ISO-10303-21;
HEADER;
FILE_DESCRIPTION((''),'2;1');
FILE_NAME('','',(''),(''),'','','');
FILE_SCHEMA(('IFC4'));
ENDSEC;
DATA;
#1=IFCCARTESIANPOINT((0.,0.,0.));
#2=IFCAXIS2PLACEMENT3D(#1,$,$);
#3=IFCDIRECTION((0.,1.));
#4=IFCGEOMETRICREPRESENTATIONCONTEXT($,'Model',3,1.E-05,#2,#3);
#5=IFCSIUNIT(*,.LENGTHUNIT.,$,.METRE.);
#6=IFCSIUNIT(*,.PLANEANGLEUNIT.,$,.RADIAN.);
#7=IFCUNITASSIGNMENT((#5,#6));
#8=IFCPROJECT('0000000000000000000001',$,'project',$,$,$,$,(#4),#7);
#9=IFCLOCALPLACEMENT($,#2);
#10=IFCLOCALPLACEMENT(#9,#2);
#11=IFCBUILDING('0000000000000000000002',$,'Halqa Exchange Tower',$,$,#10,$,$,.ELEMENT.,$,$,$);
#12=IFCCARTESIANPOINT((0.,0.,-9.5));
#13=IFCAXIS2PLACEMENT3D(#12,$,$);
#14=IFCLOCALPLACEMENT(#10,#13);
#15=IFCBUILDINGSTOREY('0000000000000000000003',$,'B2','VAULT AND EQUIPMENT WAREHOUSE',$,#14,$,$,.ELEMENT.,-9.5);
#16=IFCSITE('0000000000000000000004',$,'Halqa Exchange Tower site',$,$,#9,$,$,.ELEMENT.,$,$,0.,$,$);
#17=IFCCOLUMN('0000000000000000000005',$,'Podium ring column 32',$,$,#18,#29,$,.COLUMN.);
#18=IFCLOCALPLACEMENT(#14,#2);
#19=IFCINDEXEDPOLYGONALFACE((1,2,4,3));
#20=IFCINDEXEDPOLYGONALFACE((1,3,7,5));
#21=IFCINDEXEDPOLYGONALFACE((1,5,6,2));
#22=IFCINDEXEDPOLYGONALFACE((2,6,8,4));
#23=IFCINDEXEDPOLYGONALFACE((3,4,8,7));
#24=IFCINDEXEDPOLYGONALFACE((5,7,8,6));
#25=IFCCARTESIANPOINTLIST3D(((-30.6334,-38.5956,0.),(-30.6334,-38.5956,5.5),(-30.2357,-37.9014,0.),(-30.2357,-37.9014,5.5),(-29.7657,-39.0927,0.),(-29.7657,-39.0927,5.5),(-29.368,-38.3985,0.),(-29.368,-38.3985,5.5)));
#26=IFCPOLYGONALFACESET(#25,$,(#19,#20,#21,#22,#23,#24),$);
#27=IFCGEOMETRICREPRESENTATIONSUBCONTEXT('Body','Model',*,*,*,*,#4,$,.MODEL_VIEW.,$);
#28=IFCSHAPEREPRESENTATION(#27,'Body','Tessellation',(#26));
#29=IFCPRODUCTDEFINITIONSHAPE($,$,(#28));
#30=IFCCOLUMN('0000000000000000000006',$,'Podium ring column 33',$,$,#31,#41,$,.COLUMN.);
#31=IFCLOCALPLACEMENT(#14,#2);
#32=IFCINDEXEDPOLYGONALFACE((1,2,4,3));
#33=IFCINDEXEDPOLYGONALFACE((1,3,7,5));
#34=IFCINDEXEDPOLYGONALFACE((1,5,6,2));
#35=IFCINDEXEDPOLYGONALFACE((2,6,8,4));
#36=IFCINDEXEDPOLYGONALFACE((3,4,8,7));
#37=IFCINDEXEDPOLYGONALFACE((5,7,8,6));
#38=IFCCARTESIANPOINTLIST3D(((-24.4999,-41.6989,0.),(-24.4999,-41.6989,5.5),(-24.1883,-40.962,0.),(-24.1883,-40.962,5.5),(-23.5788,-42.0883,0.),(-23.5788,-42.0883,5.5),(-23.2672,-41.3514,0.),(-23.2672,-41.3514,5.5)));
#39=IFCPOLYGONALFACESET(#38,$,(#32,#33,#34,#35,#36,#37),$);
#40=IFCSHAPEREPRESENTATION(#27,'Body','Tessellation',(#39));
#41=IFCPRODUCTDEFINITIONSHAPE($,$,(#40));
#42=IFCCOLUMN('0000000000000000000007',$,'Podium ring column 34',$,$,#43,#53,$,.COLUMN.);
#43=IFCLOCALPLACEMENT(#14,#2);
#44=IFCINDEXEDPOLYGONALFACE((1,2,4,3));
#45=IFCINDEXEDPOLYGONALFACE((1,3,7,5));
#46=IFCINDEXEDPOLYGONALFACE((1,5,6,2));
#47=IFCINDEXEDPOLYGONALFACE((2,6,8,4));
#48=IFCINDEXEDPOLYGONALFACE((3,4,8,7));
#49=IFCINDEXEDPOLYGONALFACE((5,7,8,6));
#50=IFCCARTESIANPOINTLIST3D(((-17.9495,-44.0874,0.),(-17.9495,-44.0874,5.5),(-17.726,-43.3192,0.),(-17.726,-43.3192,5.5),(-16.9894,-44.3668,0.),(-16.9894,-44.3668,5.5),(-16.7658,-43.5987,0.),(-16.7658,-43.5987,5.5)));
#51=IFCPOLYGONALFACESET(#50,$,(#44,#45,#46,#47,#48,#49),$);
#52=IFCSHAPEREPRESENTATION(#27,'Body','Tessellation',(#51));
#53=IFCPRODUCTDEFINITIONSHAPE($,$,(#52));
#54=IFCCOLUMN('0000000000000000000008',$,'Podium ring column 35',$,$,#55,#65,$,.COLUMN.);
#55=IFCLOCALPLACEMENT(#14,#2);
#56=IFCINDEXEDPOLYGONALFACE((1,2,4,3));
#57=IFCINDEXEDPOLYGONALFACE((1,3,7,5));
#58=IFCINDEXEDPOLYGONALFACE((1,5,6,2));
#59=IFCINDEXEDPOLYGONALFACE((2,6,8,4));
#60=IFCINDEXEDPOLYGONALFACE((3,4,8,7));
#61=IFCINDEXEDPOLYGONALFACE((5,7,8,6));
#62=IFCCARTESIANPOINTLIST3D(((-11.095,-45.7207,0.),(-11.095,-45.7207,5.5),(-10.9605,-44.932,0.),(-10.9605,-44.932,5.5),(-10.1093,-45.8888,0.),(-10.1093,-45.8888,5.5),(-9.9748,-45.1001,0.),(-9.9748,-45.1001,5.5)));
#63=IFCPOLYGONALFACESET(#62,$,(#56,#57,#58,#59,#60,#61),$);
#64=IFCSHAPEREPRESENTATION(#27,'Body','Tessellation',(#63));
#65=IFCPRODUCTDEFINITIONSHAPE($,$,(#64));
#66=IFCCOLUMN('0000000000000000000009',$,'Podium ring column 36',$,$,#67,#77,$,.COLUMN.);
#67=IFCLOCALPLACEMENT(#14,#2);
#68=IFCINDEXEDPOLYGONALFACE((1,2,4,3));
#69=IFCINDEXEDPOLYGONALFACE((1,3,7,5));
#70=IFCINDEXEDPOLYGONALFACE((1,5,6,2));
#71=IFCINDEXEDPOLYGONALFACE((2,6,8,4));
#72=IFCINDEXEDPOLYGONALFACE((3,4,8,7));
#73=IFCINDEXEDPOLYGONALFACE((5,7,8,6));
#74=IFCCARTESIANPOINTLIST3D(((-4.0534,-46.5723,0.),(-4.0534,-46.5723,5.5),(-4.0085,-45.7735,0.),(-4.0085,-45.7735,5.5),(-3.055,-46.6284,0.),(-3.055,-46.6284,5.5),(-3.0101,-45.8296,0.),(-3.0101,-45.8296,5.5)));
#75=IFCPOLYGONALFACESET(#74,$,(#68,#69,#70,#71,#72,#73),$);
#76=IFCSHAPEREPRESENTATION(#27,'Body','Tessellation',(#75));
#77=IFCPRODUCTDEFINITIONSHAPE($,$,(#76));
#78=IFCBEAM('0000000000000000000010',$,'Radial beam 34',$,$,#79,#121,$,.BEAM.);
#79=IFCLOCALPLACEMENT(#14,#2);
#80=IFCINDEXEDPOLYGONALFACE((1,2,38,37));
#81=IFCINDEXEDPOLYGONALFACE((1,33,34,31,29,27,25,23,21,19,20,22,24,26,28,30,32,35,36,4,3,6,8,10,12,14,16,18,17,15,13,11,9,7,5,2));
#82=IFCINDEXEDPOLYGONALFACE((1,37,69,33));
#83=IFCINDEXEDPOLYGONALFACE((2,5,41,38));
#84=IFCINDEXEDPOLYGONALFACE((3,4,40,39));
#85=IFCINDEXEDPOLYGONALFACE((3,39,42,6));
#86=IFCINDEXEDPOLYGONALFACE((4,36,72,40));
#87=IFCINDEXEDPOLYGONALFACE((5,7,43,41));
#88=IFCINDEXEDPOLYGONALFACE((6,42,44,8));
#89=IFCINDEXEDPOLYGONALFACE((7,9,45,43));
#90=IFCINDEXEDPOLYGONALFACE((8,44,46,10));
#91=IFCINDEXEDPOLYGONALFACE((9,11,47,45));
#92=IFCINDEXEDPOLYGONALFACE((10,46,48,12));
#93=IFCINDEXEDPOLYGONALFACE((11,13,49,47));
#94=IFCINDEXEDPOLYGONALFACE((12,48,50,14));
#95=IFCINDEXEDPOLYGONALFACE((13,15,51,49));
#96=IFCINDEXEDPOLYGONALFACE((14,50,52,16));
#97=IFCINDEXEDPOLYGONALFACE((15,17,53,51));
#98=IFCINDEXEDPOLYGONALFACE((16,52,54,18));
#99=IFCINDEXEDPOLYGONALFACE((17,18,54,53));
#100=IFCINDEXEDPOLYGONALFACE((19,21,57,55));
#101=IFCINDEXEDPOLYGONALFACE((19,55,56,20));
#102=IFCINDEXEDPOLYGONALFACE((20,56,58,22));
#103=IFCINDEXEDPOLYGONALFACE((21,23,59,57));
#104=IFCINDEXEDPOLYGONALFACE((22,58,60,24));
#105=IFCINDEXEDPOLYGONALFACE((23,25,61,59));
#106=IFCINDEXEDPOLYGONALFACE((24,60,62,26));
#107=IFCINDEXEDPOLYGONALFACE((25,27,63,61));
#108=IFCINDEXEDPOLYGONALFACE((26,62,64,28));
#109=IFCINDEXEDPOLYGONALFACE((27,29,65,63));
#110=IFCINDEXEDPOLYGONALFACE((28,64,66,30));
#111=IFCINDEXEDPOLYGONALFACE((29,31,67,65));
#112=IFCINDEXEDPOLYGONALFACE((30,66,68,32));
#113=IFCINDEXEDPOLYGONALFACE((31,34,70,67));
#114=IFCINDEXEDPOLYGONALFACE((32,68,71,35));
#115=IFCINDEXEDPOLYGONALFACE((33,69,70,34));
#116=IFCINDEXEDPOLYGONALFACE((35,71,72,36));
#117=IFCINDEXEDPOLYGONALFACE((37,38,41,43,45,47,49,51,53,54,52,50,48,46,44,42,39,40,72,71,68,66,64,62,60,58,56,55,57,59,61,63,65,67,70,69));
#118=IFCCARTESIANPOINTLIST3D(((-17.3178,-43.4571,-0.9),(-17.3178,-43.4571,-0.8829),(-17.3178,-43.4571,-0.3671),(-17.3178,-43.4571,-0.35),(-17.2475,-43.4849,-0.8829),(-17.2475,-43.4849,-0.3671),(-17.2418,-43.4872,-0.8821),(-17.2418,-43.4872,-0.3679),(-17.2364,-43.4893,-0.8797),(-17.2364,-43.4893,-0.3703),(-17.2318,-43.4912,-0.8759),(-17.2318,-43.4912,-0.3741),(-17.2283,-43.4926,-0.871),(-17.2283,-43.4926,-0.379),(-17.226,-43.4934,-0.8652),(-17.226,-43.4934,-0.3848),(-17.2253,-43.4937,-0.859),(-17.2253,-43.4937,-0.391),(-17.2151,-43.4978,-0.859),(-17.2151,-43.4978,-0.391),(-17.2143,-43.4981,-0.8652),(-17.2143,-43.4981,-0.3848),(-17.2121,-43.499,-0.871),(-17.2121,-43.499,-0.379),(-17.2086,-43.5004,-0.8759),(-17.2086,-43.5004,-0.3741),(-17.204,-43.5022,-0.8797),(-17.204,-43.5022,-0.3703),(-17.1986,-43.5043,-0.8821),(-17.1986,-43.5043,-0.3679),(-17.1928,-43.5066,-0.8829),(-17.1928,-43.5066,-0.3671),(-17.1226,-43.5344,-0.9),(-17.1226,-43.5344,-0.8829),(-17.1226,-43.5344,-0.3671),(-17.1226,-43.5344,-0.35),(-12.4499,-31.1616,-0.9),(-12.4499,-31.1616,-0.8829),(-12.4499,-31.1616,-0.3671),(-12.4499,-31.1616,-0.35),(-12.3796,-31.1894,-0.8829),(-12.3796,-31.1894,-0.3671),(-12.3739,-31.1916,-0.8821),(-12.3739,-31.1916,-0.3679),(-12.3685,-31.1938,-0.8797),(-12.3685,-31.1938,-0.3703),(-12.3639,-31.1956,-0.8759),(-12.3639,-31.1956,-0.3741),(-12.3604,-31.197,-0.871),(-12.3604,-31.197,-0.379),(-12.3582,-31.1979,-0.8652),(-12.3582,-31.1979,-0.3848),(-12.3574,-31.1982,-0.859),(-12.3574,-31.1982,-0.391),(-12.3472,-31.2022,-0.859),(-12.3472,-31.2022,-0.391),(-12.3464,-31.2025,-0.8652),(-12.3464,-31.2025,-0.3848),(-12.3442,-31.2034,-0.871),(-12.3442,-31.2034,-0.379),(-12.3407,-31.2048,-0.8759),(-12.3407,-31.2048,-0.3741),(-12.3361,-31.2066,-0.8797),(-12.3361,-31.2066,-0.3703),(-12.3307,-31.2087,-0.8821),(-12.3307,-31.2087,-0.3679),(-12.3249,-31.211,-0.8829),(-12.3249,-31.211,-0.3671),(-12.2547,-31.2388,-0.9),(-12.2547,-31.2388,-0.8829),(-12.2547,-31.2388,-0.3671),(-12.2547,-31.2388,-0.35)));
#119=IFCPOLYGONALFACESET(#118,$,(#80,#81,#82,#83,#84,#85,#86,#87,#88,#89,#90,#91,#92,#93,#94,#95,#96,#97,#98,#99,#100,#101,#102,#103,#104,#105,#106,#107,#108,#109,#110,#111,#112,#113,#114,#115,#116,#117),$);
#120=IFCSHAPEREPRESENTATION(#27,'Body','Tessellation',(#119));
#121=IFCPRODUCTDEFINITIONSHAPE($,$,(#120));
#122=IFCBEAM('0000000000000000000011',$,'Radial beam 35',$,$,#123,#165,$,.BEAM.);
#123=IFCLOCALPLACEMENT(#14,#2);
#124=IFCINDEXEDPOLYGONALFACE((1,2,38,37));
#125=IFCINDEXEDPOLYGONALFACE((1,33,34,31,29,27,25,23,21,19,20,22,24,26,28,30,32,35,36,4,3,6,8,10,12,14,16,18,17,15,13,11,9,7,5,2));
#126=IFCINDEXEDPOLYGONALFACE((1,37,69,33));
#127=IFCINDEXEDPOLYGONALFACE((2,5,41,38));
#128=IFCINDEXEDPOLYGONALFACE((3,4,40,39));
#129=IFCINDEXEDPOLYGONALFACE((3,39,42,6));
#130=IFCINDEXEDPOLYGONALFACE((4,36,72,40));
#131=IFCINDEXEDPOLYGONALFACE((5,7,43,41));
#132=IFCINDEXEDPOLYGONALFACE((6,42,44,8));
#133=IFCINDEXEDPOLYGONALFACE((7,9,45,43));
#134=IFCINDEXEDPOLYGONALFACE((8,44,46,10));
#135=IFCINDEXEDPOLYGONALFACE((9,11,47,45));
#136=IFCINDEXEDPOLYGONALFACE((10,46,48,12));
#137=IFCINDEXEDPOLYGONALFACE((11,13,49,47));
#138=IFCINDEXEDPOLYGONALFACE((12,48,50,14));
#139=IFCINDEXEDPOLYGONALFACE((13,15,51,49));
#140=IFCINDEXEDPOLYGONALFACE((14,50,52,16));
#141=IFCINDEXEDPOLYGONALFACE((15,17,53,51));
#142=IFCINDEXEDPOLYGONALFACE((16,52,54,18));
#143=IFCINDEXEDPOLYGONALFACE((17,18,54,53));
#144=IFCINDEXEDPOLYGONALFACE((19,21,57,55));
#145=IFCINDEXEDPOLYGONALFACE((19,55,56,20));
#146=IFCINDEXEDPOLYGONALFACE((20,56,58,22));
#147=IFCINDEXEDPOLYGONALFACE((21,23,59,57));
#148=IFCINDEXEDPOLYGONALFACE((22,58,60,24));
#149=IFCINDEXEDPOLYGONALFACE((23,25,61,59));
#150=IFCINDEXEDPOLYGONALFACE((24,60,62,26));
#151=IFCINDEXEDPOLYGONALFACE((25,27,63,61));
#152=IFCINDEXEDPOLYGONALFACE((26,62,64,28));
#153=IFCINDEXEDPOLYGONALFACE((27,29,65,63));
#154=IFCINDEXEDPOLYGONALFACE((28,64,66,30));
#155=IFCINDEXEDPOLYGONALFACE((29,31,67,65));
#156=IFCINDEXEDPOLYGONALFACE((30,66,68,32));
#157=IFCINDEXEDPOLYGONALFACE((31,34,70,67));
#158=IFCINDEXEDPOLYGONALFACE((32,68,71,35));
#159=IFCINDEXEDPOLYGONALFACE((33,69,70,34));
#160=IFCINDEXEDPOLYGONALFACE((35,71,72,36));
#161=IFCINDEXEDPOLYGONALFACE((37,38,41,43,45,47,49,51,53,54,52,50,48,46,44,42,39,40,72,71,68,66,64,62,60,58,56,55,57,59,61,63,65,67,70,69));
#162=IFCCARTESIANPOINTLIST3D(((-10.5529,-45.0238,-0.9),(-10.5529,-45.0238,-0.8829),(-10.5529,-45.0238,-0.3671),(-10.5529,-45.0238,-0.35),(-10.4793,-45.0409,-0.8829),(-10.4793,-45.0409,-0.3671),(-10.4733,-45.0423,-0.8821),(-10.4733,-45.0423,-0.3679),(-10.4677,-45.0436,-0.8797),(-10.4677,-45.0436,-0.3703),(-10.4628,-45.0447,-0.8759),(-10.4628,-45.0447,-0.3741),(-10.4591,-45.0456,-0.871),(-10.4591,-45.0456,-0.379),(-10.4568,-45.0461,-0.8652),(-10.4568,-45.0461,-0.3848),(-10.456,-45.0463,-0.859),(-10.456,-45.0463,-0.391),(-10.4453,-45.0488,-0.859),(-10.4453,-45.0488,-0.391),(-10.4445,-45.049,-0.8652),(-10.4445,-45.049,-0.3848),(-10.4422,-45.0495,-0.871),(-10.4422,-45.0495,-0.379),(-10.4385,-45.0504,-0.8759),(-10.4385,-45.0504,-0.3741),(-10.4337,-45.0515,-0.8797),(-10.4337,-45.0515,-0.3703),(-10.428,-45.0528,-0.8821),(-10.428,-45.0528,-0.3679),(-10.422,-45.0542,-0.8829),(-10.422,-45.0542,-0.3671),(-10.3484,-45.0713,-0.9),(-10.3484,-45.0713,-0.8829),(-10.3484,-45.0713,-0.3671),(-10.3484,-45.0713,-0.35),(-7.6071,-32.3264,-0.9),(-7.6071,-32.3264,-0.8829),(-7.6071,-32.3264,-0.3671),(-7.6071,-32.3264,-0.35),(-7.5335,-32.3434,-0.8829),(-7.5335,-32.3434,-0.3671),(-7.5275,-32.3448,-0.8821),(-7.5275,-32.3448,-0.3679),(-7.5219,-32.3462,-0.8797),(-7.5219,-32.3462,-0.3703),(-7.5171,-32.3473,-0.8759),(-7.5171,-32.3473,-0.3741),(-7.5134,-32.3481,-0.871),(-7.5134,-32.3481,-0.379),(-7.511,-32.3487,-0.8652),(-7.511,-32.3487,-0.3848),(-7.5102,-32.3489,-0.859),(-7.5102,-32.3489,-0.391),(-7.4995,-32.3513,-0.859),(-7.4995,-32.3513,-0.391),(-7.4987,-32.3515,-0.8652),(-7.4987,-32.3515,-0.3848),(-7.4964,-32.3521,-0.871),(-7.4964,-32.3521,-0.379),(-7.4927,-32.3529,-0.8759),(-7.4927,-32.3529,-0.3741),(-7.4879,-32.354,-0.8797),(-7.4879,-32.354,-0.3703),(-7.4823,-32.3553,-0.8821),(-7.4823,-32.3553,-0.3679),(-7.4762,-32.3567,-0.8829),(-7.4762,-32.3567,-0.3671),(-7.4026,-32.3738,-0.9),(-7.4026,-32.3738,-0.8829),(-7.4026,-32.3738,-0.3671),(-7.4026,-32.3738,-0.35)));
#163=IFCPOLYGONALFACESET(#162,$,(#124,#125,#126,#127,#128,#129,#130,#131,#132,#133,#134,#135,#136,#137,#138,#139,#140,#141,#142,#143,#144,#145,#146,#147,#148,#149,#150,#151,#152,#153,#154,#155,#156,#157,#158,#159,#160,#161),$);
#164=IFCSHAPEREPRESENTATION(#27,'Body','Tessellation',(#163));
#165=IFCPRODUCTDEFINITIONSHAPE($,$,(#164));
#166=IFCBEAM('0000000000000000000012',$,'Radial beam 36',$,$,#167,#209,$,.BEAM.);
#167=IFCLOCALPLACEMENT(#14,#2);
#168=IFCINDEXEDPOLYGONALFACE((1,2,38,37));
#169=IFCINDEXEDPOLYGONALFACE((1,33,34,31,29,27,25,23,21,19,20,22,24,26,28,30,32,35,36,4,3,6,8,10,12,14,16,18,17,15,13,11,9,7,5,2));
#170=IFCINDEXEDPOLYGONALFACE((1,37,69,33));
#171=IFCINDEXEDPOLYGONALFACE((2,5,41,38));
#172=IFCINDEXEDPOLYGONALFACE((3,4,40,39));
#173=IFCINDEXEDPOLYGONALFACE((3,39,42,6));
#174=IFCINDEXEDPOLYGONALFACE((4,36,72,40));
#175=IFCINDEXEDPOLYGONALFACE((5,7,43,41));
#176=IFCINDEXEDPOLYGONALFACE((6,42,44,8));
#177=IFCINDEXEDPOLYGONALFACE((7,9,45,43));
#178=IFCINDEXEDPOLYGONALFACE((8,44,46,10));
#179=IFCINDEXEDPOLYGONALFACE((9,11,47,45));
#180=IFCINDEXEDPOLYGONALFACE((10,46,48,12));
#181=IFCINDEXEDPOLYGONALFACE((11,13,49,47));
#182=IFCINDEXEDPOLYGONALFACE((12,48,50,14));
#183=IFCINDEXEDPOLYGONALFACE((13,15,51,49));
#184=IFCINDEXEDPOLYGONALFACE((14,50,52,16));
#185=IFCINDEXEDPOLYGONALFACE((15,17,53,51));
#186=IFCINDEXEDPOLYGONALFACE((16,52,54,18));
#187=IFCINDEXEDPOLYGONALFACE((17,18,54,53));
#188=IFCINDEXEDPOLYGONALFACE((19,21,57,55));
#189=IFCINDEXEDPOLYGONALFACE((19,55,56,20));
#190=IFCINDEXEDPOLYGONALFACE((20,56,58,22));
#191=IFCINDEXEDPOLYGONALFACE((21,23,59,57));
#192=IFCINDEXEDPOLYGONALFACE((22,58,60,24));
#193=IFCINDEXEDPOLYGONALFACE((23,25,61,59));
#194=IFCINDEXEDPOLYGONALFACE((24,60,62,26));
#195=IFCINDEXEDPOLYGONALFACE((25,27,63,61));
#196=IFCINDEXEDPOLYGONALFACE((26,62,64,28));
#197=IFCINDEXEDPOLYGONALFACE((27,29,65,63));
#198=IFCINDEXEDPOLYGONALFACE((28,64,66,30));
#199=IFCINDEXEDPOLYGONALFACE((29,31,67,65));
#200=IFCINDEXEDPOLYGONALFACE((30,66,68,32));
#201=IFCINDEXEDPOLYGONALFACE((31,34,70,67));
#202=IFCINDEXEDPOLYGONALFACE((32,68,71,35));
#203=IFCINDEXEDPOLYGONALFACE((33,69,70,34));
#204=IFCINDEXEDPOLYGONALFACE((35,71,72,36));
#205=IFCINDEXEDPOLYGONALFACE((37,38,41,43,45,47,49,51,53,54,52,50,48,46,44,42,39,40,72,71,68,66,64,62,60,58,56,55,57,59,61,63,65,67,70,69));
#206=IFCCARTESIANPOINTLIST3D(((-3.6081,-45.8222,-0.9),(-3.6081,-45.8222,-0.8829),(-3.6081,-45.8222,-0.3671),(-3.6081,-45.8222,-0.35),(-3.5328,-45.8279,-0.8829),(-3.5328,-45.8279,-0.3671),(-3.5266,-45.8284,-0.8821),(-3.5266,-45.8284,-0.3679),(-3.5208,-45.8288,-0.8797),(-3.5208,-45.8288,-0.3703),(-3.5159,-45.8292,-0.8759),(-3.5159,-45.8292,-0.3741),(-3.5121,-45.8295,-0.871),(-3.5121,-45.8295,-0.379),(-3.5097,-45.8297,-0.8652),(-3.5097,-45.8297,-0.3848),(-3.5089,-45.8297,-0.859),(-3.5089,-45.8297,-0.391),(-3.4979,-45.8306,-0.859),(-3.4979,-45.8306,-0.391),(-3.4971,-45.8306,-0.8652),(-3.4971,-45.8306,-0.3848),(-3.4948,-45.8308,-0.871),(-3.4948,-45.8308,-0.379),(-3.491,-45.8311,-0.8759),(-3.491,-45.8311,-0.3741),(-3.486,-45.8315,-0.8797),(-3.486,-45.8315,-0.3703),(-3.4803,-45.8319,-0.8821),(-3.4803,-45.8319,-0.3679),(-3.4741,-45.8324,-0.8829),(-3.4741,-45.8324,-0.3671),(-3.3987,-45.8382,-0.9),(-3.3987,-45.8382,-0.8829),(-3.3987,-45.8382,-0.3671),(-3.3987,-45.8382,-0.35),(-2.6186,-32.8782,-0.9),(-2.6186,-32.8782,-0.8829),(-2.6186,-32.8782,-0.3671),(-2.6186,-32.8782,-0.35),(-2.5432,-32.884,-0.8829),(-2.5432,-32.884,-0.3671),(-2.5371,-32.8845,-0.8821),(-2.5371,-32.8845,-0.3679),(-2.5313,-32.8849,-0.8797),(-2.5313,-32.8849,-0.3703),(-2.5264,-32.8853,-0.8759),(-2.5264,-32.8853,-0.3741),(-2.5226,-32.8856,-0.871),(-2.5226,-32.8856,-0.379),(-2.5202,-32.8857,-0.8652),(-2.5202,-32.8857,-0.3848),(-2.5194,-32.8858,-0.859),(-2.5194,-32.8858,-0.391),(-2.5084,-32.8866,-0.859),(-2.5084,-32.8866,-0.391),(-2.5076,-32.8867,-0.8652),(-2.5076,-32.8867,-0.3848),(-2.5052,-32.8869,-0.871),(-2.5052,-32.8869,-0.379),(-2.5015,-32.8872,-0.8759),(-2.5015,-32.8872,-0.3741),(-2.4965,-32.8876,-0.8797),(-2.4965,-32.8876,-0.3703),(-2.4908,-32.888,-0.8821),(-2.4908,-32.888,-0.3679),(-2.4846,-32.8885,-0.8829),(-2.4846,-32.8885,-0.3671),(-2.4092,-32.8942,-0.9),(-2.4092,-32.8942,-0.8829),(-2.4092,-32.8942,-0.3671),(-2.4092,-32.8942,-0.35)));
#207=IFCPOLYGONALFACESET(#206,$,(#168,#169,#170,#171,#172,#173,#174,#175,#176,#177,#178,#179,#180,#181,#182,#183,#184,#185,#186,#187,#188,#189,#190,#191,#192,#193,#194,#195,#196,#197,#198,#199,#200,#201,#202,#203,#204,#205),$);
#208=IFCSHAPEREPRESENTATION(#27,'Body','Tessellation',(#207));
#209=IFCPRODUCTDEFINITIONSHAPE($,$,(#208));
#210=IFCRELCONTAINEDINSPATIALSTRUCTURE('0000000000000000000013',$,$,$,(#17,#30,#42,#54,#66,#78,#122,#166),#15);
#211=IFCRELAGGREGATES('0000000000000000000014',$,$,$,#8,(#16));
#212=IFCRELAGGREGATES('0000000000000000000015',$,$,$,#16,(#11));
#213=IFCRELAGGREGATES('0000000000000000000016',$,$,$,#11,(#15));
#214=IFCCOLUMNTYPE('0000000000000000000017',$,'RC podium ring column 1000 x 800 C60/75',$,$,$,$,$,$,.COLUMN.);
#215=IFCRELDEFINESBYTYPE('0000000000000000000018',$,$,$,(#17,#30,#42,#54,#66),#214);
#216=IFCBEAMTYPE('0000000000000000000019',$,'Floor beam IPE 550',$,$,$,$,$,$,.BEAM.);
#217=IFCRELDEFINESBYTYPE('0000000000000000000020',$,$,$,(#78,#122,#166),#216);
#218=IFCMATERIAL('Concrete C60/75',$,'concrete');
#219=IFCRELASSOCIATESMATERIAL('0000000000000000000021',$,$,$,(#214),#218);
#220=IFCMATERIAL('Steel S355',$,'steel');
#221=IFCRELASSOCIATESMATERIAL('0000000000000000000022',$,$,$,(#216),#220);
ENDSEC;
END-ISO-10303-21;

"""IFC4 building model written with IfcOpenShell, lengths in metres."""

from ifc_helpers import new_model, si_unit, direction, frame, origin, origin_2d, place, context, subcontext, project, spatial, rectangle, i_section, extrude, material, material_profile, profile_set, type_object, element, save


model = new_model("IFC4")

# Units and contexts
model_context = context("Model", 3, precision=1e-05, world=origin(), true_north=direction((0.0, 1.0)))
body_context = subcontext(model_context, "Body", "Model", "MODEL_VIEW")
ifc_project = project(units=[si_unit("LENGTHUNIT", "METRE"), si_unit("PLANEANGLEUNIT", "RADIAN")], contexts=[model_context])

# Site, building, storey
site_placement = place(None, origin())
site = spatial("IfcSite", under=ifc_project, at=site_placement, Name="Halqa Exchange Tower site", CompositionType="ELEMENT", RefElevation=0.0)
building_placement = place(site_placement, origin())
building = spatial("IfcBuilding", under=site, at=building_placement, Name="Halqa Exchange Tower", CompositionType="ELEMENT")
storey_placement = place(building_placement, frame((0.0, 0.0, -9.5)))
storey = spatial("IfcBuildingStorey", under=building, at=storey_placement, Name="B2", Description="VAULT AND EQUIPMENT WAREHOUSE", CompositionType="ELEMENT", Elevation=-9.5)

# Columns
ifc_material_1 = material(Name="Concrete C60/75", Category="concrete")
ifc_material_profile_1 = material_profile(ifc_material_1, rectangle(XDim=1.0, YDim=0.8, at=origin_2d()), Name="1000 x 800")
ifc_profile_set_1 = profile_set([ifc_material_profile_1], Name="Concrete C60/75")
column_type = type_object("IfcColumnType", Name="RC podium ring column 1000 x 800 C60/75", PredefinedType="COLUMN", material=ifc_profile_set_1)
for number, where, z_axis, x_axis, name in (
    (1, (-30.0007, -38.4971, 0.0), (0.0, 0.0, 1.0), (0.867693, -0.4971, 0.0), "Podium ring column 32"),
    (2, (-23.8835, -41.5251, 0.0), (0.0, 0.0, 1.0), (0.921048, -0.389449, 0.0), "Podium ring column 33"),
    (3, (-17.3577, -43.843, 0.0), (0.0, 0.0, 1.0), (0.960158, -0.279459, 0.0), "Podium ring column 34"),
    (4, (-10.5349, -45.4104, 0.0), (0.0, 0.0, 1.0), (0.985766, -0.168121, 0.0), "Podium ring column 35"),
    (5, (-3.5317, -46.2009, 0.0), (0.0, 0.0, 1.0), (0.998425, -0.056107, 0.0), "Podium ring column 36"),
):
    element("IfcColumn", number, at=place(storey_placement, frame(where, z_axis=z_axis, x_axis=x_axis)), inside=storey, type_object=column_type, Name=name, PredefinedType="COLUMN", context=body_context, shape_type="SweptSolid", body=[
        extrude(rectangle(XDim=1.0, YDim=0.8, at=origin_2d()), origin(), (0.0, 0.0, 1.0), 5.5),
    ])

# Beams
ifc_material_2 = material(Name="Steel S355", Category="steel")
ifc_material_profile_2 = material_profile(ifc_material_2, i_section(OverallWidth=0.21, OverallDepth=0.55, WebThickness=0.011, FlangeThickness=0.0171, FilletRadius=0.0239, at=origin_2d()), Name="IPE 550")
ifc_profile_set_2 = profile_set([ifc_material_profile_2], Name="Steel S355")
beam_type_1 = type_object("IfcBeamType", Name="Floor beam IPE 550", PredefinedType="BEAM", material=ifc_profile_set_2)
beam_1_placement = place(storey_placement, frame((-12.3523, -31.2002, -0.625), z_axis=(-0.368107, -0.929784, 0.0), x_axis=(0.929784, -0.368107, 0.0)))
element("IfcBeam", 6, at=beam_1_placement, inside=storey, type_object=beam_type_1, Name="Radial beam 34", PredefinedType="BEAM", context=body_context, shape_type="SweptSolid", body=[
    extrude(i_section(OverallWidth=0.21, OverallDepth=0.55, WebThickness=0.011, FlangeThickness=0.0171, FilletRadius=0.0239, at=origin_2d()), origin(), (0.0, 0.0, 1.0), 13.2241),
])
beam_2_placement = place(storey_placement, frame((-7.5049, -32.3501, -0.625), z_axis=(-0.225996, -0.974128, 0.0), x_axis=(0.974128, -0.225996, 0.0)))
element("IfcBeam", 7, at=beam_2_placement, inside=storey, type_object=beam_type_1, Name="Radial beam 35", PredefinedType="BEAM", context=body_context, shape_type="SweptSolid", body=[
    extrude(i_section(OverallWidth=0.21, OverallDepth=0.55, WebThickness=0.011, FlangeThickness=0.0171, FilletRadius=0.0239, at=origin_2d()), origin(), (0.0, 0.0, 1.0), 13.0347),
])
beam_3_placement = place(storey_placement, frame((-2.5139, -32.8862, -0.625), z_axis=(-0.076223, -0.997091, 0.0), x_axis=(0.997091, -0.076223, 0.0)))
element("IfcBeam", 8, at=beam_3_placement, inside=storey, type_object=beam_type_1, Name="Radial beam 36", PredefinedType="BEAM", context=body_context, shape_type="SweptSolid", body=[
    extrude(i_section(OverallWidth=0.21, OverallDepth=0.55, WebThickness=0.011, FlangeThickness=0.0171, FilletRadius=0.0239, at=origin_2d()), origin(), (0.0, 0.0, 1.0), 12.9817),
])

save(model, "model.ifc")
